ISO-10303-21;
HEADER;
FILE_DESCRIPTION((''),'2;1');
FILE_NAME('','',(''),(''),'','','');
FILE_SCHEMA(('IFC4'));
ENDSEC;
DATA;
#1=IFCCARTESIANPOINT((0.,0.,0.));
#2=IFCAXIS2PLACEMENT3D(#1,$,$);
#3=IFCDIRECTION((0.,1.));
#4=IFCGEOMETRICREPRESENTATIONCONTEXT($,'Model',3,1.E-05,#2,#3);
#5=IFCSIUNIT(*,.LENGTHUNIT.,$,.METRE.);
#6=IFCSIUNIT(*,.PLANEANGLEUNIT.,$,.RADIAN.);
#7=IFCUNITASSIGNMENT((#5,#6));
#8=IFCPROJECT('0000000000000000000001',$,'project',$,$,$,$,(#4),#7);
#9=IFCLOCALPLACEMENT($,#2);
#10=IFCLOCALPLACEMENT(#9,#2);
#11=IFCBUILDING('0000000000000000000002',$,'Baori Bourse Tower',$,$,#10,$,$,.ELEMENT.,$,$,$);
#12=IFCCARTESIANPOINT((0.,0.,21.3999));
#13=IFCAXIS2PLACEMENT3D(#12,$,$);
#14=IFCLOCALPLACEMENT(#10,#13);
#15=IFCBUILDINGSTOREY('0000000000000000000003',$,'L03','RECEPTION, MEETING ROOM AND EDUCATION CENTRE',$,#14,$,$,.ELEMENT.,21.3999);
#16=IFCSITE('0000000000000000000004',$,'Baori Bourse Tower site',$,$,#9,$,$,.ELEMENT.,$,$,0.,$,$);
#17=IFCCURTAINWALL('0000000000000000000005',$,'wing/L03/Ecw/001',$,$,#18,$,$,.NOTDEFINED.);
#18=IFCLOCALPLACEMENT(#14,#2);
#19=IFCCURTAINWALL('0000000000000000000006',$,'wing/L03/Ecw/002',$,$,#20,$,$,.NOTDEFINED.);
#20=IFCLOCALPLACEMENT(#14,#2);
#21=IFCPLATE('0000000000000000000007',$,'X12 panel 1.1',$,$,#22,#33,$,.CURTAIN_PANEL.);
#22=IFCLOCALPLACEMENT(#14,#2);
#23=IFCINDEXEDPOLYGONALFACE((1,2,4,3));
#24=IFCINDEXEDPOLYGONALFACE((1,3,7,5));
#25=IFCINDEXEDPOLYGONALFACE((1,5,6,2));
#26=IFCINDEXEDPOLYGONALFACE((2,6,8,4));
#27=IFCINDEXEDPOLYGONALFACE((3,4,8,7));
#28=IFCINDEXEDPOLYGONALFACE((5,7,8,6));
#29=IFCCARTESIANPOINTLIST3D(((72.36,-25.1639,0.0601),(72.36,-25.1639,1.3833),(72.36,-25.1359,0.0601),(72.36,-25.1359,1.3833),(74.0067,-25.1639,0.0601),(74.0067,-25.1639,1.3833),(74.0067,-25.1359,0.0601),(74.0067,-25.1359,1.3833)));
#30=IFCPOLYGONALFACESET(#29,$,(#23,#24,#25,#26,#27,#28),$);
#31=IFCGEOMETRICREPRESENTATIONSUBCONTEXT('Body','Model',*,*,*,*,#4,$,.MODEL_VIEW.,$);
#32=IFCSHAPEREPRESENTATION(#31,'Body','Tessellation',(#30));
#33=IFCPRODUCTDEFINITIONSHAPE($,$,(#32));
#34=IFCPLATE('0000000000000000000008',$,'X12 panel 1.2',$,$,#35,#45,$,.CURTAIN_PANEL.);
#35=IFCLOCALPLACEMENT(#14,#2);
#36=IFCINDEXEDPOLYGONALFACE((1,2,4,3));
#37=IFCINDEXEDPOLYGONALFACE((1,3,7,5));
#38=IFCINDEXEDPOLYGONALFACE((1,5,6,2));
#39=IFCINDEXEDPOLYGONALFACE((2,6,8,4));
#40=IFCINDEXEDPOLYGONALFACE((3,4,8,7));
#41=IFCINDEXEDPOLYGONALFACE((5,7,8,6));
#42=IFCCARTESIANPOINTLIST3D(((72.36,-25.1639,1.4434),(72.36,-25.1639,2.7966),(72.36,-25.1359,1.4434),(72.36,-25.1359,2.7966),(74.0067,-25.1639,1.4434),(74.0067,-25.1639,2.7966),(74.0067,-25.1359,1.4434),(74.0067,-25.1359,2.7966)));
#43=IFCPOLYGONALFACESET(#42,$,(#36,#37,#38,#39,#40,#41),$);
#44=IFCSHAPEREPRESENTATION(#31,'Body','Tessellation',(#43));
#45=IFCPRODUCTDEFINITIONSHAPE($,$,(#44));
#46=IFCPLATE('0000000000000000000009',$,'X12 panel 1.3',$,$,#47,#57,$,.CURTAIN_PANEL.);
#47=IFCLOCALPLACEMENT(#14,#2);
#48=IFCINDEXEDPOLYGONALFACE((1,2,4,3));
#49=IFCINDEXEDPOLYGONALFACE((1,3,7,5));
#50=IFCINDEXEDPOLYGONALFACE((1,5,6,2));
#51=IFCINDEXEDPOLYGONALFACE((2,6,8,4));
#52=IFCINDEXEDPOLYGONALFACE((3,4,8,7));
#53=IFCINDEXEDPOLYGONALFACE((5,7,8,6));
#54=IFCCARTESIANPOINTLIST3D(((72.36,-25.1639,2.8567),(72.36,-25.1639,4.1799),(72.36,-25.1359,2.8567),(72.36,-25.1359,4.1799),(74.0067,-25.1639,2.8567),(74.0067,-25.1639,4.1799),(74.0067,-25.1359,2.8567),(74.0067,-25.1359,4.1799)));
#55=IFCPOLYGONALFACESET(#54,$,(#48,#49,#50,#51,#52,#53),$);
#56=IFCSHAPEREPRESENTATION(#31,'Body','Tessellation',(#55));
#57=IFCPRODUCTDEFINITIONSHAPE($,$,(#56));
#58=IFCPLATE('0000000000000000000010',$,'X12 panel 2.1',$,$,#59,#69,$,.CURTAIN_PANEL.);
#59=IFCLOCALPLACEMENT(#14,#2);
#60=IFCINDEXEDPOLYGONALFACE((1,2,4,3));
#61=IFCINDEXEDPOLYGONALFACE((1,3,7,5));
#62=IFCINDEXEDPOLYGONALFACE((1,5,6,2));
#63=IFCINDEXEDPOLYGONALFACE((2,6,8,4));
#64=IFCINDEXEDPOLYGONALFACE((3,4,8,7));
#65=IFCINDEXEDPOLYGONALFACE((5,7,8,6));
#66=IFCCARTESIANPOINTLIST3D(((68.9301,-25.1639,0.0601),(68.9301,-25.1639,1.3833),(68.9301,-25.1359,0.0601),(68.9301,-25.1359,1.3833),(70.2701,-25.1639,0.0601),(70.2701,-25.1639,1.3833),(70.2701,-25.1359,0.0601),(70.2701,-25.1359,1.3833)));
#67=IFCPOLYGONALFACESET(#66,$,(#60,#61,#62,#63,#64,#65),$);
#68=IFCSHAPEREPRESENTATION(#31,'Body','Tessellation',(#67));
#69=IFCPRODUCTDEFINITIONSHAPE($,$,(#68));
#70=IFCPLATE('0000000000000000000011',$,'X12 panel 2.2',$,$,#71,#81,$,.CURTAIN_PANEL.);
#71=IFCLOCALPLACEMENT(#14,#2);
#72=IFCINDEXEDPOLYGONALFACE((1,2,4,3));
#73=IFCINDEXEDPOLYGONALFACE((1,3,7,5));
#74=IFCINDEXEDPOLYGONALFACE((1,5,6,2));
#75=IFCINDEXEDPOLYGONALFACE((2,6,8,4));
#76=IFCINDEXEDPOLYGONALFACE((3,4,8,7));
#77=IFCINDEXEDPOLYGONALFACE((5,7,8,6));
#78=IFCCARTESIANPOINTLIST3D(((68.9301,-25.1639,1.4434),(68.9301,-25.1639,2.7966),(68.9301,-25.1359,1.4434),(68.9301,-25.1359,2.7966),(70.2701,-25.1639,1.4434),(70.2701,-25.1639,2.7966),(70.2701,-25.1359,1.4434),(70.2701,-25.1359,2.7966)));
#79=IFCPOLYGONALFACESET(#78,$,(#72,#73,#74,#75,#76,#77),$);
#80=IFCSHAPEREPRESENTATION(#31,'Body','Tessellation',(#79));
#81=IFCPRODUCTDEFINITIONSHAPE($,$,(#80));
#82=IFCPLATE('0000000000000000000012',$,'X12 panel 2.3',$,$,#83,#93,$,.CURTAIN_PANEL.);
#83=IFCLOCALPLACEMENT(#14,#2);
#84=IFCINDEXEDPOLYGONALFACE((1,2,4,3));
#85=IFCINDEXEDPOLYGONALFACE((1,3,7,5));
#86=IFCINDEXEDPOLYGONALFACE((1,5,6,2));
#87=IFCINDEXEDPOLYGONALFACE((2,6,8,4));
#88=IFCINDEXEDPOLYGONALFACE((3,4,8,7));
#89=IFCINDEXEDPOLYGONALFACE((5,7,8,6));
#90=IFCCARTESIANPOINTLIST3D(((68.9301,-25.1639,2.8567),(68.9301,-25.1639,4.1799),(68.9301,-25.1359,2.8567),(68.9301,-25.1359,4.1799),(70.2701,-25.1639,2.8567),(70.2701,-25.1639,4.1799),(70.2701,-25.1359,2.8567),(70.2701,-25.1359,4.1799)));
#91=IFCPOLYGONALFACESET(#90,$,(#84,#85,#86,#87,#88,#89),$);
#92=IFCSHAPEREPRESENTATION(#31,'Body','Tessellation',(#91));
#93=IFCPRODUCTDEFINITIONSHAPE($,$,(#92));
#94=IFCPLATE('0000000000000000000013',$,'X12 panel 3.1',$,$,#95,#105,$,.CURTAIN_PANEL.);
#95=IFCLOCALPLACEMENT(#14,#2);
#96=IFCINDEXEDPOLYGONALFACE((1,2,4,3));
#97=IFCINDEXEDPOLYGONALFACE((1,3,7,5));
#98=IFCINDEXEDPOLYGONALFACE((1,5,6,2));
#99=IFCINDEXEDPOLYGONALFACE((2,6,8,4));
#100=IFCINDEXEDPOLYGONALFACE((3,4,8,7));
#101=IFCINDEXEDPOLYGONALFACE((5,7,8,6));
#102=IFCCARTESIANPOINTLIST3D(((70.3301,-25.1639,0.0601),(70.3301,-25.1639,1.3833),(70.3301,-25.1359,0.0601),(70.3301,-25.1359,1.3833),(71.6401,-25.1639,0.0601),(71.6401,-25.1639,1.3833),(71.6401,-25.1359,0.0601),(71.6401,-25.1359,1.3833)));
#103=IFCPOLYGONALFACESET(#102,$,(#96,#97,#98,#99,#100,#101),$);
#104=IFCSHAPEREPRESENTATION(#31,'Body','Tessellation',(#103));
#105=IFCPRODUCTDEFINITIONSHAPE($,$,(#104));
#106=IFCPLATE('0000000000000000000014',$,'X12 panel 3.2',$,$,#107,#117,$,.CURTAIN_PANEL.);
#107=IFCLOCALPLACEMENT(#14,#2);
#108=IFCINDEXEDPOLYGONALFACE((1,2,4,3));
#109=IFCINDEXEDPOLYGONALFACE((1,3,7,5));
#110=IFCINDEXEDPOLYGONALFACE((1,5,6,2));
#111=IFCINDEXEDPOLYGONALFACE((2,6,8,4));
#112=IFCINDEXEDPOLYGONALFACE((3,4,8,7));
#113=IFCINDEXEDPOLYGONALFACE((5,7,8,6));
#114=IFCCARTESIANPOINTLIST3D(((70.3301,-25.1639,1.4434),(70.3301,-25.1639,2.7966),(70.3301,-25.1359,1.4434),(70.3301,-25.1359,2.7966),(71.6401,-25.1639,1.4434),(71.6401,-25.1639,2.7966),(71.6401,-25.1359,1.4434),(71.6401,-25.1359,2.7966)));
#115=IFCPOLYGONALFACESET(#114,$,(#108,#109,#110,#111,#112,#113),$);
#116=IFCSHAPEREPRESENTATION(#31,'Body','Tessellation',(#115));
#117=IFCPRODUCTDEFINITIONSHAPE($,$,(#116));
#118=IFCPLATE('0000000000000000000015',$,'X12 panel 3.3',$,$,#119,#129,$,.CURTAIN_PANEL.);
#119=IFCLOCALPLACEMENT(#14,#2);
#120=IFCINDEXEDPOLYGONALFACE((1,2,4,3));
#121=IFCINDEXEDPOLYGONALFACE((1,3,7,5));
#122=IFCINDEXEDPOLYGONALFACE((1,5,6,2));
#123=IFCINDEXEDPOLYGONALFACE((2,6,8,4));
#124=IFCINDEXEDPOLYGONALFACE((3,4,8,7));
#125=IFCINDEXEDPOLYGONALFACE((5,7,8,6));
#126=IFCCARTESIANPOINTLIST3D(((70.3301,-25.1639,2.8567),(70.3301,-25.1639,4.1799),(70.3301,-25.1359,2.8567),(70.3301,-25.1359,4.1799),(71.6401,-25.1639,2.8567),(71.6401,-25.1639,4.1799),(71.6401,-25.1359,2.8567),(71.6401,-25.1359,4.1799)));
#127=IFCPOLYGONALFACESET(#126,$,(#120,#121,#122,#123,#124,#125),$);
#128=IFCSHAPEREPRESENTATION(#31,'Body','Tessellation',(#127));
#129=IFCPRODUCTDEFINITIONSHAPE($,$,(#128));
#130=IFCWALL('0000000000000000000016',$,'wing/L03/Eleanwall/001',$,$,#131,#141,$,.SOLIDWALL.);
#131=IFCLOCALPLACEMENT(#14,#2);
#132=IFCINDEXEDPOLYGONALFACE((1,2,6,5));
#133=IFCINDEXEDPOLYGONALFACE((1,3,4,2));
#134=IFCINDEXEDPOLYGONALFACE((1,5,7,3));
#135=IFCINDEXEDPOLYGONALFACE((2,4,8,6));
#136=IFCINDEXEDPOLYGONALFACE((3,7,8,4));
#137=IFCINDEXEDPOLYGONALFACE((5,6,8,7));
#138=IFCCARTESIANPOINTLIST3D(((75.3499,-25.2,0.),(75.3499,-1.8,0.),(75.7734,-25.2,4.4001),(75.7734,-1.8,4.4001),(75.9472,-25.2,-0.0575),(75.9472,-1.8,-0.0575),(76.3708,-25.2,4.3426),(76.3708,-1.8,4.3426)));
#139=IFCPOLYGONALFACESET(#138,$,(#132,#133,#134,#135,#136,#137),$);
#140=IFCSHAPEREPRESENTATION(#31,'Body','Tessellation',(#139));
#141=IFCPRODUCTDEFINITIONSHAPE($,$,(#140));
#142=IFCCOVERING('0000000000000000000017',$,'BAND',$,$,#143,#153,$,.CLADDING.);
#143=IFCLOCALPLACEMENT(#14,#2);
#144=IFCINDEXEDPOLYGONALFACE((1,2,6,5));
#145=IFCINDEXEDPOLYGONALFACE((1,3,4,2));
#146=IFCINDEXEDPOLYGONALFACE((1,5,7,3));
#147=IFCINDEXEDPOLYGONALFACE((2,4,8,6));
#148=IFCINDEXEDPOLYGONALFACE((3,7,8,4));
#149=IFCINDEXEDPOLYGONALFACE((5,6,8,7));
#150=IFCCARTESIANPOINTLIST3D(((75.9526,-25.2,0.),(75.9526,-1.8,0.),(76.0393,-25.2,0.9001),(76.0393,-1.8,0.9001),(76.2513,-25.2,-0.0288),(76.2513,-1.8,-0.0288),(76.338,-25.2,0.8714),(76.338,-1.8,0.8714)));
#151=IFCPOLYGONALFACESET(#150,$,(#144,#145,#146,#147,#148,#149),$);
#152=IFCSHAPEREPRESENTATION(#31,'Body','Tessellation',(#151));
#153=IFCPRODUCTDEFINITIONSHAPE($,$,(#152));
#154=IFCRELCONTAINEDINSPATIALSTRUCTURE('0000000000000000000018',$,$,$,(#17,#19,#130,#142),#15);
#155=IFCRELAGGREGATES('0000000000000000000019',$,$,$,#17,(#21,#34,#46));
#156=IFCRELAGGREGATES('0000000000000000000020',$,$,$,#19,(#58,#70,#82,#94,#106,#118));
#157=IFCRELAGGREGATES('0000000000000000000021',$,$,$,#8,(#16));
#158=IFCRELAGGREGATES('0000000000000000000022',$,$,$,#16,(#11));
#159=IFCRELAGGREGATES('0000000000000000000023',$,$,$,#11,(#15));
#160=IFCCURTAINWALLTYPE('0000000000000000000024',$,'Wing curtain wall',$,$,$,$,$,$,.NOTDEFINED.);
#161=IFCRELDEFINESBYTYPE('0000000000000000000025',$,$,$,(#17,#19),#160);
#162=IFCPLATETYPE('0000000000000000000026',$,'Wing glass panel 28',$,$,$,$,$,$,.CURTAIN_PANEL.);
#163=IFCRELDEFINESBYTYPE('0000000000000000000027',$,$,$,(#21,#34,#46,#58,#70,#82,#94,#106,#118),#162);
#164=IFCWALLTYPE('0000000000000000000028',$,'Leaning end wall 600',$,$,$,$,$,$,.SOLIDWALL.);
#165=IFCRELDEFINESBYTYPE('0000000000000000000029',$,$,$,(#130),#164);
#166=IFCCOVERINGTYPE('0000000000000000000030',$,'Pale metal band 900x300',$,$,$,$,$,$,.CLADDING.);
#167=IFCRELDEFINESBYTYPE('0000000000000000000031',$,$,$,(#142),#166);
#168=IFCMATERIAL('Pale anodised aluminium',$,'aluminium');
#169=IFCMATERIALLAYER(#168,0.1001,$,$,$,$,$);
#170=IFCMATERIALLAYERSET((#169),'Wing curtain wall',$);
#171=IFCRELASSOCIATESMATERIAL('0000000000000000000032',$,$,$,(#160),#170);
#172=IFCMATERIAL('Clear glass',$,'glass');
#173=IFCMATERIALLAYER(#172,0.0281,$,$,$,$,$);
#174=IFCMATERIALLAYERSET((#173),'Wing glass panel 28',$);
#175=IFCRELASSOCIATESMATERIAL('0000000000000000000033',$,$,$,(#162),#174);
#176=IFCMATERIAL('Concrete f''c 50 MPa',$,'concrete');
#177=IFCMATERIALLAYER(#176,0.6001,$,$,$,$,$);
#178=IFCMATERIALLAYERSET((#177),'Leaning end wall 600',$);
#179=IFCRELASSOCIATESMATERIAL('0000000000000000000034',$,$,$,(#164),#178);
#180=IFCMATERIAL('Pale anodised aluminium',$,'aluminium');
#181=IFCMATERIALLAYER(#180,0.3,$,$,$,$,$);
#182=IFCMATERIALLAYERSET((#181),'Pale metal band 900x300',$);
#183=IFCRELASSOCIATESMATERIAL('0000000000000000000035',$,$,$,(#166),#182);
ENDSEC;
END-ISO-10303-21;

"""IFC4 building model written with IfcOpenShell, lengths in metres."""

from ifc_helpers import new_model, si_unit, direction, frame, origin, origin_2d, place, context, subcontext, project, spatial, polyline, rectangle, outline, extrude, material, layer, layer_set, type_object, element, aggregate, save


model = new_model("IFC4")

# Units and contexts
model_context = context("Model", 3, precision=1e-05, world=origin(), true_north=direction((0.0, 1.0)))
body_context = subcontext(model_context, "Body", "Model", "MODEL_VIEW")
ifc_project = project(units=[si_unit("LENGTHUNIT", "METRE"), si_unit("PLANEANGLEUNIT", "RADIAN")], contexts=[model_context])

# Site, building, storey
site_placement = place(None, origin())
site = spatial("IfcSite", under=ifc_project, at=site_placement, Name="Baori Bourse Tower site", CompositionType="ELEMENT", RefElevation=0.0)
building_placement = place(site_placement, origin())
building = spatial("IfcBuilding", under=site, at=building_placement, Name="Baori Bourse Tower", CompositionType="ELEMENT")
storey_placement = place(building_placement, frame((0.0, 0.0, 21.3999)))
storey = spatial("IfcBuildingStorey", under=building, at=storey_placement, Name="L03", Description="RECEPTION, MEETING ROOM AND EDUCATION CENTRE", CompositionType="ELEMENT", Elevation=21.3999)

# Curtain wall
ifc_material_1 = material(Name="Pale anodised aluminium", Category="aluminium")
ifc_layer_1 = layer(ifc_material_1, 0.1001)
ifc_layer_set_1 = layer_set([ifc_layer_1], Name="Wing curtain wall")
curtain_wall_type = type_object("IfcCurtainWallType", Name="Wing curtain wall", PredefinedType="NOTDEFINED", material=ifc_layer_set_1)
curtain_wall_1_placement = place(storey_placement, origin())
curtain_wall_1 = element("IfcCurtainWall", 1, at=curtain_wall_1_placement, inside=storey, type_object=curtain_wall_type, Name="wing/L03/Ecw/001", PredefinedType="NOTDEFINED")

# Curtain wall
curtain_wall_2_placement = place(storey_placement, origin())
curtain_wall_2 = element("IfcCurtainWall", 2, at=curtain_wall_2_placement, inside=storey, type_object=curtain_wall_type, Name="wing/L03/Ecw/002", PredefinedType="NOTDEFINED")

# Plates
ifc_material_2 = material(Name="Clear glass", Category="glass")
ifc_layer_2 = layer(ifc_material_2, 0.0281)
ifc_layer_set_2 = layer_set([ifc_layer_2], Name="Wing glass panel 28")
plate_type = type_object("IfcPlateType", Name="Wing glass panel 28", PredefinedType="CURTAIN_PANEL", material=ifc_layer_set_2)
plate_1_placement = place(storey_placement, frame((73.1833, -25.1499, 0.0601), z_axis=(0.0, 0.0, 1.0), x_axis=(1.0, 0.0, 0.0)))
plate_1 = element("IfcPlate", 3, at=plate_1_placement, type_object=plate_type, Name="X12 panel 1.1", PredefinedType="CURTAIN_PANEL", context=body_context, shape_type="SweptSolid", body=[
    extrude(rectangle(XDim=1.6467, YDim=0.0281, at=origin_2d()), origin(), (0.0, 0.0, 1.0), 1.3232),
])
plate_2_placement = place(storey_placement, frame((73.1833, -25.1499, 1.4434), z_axis=(0.0, 0.0, 1.0), x_axis=(1.0, 0.0, 0.0)))
plate_2 = element("IfcPlate", 4, at=plate_2_placement, type_object=plate_type, Name="X12 panel 1.2", PredefinedType="CURTAIN_PANEL", context=body_context, shape_type="SweptSolid", body=[
    extrude(rectangle(XDim=1.6467, YDim=0.0281, at=origin_2d()), origin(), (0.0, 0.0, 1.0), 1.3533),
])
plate_3_placement = place(storey_placement, frame((73.1833, -25.1499, 2.8567), z_axis=(0.0, 0.0, 1.0), x_axis=(1.0, 0.0, 0.0)))
plate_3 = element("IfcPlate", 5, at=plate_3_placement, type_object=plate_type, Name="X12 panel 1.3", PredefinedType="CURTAIN_PANEL", context=body_context, shape_type="SweptSolid", body=[
    extrude(rectangle(XDim=1.6467, YDim=0.0281, at=origin_2d()), origin(), (0.0, 0.0, 1.0), 1.3232),
])
aggregate(curtain_wall_1, [plate_1, plate_2, plate_3])
plate_4_placement = place(storey_placement, frame((69.6001, -25.1499, 0.0601), z_axis=(0.0, 0.0, 1.0), x_axis=(1.0, 0.0, 0.0)))
plate_4 = element("IfcPlate", 6, at=plate_4_placement, type_object=plate_type, Name="X12 panel 2.1", PredefinedType="CURTAIN_PANEL", context=body_context, shape_type="SweptSolid", body=[
    extrude(rectangle(XDim=1.3401, YDim=0.0281, at=origin_2d()), origin(), (0.0, 0.0, 1.0), 1.3232),
])
plate_5_placement = place(storey_placement, frame((69.6001, -25.1499, 1.4434), z_axis=(0.0, 0.0, 1.0), x_axis=(1.0, 0.0, 0.0)))
plate_5 = element("IfcPlate", 7, at=plate_5_placement, type_object=plate_type, Name="X12 panel 2.2", PredefinedType="CURTAIN_PANEL", context=body_context, shape_type="SweptSolid", body=[
    extrude(rectangle(XDim=1.3401, YDim=0.0281, at=origin_2d()), origin(), (0.0, 0.0, 1.0), 1.3533),
])
plate_6_placement = place(storey_placement, frame((69.6001, -25.1499, 2.8567), z_axis=(0.0, 0.0, 1.0), x_axis=(1.0, 0.0, 0.0)))
plate_6 = element("IfcPlate", 8, at=plate_6_placement, type_object=plate_type, Name="X12 panel 2.3", PredefinedType="CURTAIN_PANEL", context=body_context, shape_type="SweptSolid", body=[
    extrude(rectangle(XDim=1.3401, YDim=0.0281, at=origin_2d()), origin(), (0.0, 0.0, 1.0), 1.3232),
])
plate_7_placement = place(storey_placement, frame((70.9851, -25.1499, 0.0601), z_axis=(0.0, 0.0, 1.0), x_axis=(1.0, 0.0, 0.0)))
plate_7 = element("IfcPlate", 9, at=plate_7_placement, type_object=plate_type, Name="X12 panel 3.1", PredefinedType="CURTAIN_PANEL", context=body_context, shape_type="SweptSolid", body=[
    extrude(rectangle(XDim=1.3101, YDim=0.0281, at=origin_2d()), origin(), (0.0, 0.0, 1.0), 1.3232),
])
plate_8_placement = place(storey_placement, frame((70.9851, -25.1499, 1.4434), z_axis=(0.0, 0.0, 1.0), x_axis=(1.0, 0.0, 0.0)))
plate_8 = element("IfcPlate", 10, at=plate_8_placement, type_object=plate_type, Name="X12 panel 3.2", PredefinedType="CURTAIN_PANEL", context=body_context, shape_type="SweptSolid", body=[
    extrude(rectangle(XDim=1.3101, YDim=0.0281, at=origin_2d()), origin(), (0.0, 0.0, 1.0), 1.3533),
])
plate_9_placement = place(storey_placement, frame((70.9851, -25.1499, 2.8567), z_axis=(0.0, 0.0, 1.0), x_axis=(1.0, 0.0, 0.0)))
plate_9 = element("IfcPlate", 11, at=plate_9_placement, type_object=plate_type, Name="X12 panel 3.3", PredefinedType="CURTAIN_PANEL", context=body_context, shape_type="SweptSolid", body=[
    extrude(rectangle(XDim=1.3101, YDim=0.0281, at=origin_2d()), origin(), (0.0, 0.0, 1.0), 1.3232),
])
aggregate(curtain_wall_2, [plate_4, plate_5, plate_6, plate_7, plate_8, plate_9])

# Wall
ifc_material_3 = material(Name="Concrete f'c 50 MPa", Category="concrete")
ifc_layer_3 = layer(ifc_material_3, 0.6001)
ifc_layer_set_3 = layer_set([ifc_layer_3], Name="Leaning end wall 600")
wall_type = type_object("IfcWallType", Name="Leaning end wall 600", PredefinedType="SOLIDWALL", material=ifc_layer_set_3)
wall_placement = place(storey_placement, frame((75.3499, -25.2, 0.0), z_axis=(-0.995398, 0.0, 0.095823), x_axis=(0.0, 1.0, 0.0)))
element("IfcWall", 12, at=wall_placement, inside=storey, type_object=wall_type, Name="wing/L03/Eleanwall/001", PredefinedType="SOLIDWALL", context=body_context, shape_type="SweptSolid", body=[
    extrude(outline(polyline([(0.0, 0.0), (23.3999, 0.0), (23.3999, -4.4205), (0.0, -4.4205), (0.0, 0.0)])), origin(), (0.0, 0.0, -1.0), 0.6001),
])

# Covering
ifc_material_4 = material(Name="Pale anodised aluminium", Category="aluminium")
ifc_layer_4 = layer(ifc_material_4, 0.3)
ifc_layer_set_4 = layer_set([ifc_layer_4], Name="Pale metal band 900x300")
covering_type = type_object("IfcCoveringType", Name="Pale metal band 900x300", PredefinedType="CLADDING", material=ifc_layer_set_4)
covering_placement = place(storey_placement, frame((75.9526, -25.2, 0.0), z_axis=(-0.995397, 0.0, 0.095841), x_axis=(0.0, 1.0, 0.0)))
element("IfcCovering", 13, at=covering_placement, inside=storey, type_object=covering_type, Name="BAND", PredefinedType="CLADDING", context=body_context, shape_type="SweptSolid", body=[
    extrude(outline(polyline([(0.0, 0.0), (23.3999, 0.0), (23.3999, -0.9043), (0.0, -0.9043), (0.0, 0.0)])), origin(), (0.0, 0.0, -1.0), 0.3),
])

save(model, "model.ifc")
